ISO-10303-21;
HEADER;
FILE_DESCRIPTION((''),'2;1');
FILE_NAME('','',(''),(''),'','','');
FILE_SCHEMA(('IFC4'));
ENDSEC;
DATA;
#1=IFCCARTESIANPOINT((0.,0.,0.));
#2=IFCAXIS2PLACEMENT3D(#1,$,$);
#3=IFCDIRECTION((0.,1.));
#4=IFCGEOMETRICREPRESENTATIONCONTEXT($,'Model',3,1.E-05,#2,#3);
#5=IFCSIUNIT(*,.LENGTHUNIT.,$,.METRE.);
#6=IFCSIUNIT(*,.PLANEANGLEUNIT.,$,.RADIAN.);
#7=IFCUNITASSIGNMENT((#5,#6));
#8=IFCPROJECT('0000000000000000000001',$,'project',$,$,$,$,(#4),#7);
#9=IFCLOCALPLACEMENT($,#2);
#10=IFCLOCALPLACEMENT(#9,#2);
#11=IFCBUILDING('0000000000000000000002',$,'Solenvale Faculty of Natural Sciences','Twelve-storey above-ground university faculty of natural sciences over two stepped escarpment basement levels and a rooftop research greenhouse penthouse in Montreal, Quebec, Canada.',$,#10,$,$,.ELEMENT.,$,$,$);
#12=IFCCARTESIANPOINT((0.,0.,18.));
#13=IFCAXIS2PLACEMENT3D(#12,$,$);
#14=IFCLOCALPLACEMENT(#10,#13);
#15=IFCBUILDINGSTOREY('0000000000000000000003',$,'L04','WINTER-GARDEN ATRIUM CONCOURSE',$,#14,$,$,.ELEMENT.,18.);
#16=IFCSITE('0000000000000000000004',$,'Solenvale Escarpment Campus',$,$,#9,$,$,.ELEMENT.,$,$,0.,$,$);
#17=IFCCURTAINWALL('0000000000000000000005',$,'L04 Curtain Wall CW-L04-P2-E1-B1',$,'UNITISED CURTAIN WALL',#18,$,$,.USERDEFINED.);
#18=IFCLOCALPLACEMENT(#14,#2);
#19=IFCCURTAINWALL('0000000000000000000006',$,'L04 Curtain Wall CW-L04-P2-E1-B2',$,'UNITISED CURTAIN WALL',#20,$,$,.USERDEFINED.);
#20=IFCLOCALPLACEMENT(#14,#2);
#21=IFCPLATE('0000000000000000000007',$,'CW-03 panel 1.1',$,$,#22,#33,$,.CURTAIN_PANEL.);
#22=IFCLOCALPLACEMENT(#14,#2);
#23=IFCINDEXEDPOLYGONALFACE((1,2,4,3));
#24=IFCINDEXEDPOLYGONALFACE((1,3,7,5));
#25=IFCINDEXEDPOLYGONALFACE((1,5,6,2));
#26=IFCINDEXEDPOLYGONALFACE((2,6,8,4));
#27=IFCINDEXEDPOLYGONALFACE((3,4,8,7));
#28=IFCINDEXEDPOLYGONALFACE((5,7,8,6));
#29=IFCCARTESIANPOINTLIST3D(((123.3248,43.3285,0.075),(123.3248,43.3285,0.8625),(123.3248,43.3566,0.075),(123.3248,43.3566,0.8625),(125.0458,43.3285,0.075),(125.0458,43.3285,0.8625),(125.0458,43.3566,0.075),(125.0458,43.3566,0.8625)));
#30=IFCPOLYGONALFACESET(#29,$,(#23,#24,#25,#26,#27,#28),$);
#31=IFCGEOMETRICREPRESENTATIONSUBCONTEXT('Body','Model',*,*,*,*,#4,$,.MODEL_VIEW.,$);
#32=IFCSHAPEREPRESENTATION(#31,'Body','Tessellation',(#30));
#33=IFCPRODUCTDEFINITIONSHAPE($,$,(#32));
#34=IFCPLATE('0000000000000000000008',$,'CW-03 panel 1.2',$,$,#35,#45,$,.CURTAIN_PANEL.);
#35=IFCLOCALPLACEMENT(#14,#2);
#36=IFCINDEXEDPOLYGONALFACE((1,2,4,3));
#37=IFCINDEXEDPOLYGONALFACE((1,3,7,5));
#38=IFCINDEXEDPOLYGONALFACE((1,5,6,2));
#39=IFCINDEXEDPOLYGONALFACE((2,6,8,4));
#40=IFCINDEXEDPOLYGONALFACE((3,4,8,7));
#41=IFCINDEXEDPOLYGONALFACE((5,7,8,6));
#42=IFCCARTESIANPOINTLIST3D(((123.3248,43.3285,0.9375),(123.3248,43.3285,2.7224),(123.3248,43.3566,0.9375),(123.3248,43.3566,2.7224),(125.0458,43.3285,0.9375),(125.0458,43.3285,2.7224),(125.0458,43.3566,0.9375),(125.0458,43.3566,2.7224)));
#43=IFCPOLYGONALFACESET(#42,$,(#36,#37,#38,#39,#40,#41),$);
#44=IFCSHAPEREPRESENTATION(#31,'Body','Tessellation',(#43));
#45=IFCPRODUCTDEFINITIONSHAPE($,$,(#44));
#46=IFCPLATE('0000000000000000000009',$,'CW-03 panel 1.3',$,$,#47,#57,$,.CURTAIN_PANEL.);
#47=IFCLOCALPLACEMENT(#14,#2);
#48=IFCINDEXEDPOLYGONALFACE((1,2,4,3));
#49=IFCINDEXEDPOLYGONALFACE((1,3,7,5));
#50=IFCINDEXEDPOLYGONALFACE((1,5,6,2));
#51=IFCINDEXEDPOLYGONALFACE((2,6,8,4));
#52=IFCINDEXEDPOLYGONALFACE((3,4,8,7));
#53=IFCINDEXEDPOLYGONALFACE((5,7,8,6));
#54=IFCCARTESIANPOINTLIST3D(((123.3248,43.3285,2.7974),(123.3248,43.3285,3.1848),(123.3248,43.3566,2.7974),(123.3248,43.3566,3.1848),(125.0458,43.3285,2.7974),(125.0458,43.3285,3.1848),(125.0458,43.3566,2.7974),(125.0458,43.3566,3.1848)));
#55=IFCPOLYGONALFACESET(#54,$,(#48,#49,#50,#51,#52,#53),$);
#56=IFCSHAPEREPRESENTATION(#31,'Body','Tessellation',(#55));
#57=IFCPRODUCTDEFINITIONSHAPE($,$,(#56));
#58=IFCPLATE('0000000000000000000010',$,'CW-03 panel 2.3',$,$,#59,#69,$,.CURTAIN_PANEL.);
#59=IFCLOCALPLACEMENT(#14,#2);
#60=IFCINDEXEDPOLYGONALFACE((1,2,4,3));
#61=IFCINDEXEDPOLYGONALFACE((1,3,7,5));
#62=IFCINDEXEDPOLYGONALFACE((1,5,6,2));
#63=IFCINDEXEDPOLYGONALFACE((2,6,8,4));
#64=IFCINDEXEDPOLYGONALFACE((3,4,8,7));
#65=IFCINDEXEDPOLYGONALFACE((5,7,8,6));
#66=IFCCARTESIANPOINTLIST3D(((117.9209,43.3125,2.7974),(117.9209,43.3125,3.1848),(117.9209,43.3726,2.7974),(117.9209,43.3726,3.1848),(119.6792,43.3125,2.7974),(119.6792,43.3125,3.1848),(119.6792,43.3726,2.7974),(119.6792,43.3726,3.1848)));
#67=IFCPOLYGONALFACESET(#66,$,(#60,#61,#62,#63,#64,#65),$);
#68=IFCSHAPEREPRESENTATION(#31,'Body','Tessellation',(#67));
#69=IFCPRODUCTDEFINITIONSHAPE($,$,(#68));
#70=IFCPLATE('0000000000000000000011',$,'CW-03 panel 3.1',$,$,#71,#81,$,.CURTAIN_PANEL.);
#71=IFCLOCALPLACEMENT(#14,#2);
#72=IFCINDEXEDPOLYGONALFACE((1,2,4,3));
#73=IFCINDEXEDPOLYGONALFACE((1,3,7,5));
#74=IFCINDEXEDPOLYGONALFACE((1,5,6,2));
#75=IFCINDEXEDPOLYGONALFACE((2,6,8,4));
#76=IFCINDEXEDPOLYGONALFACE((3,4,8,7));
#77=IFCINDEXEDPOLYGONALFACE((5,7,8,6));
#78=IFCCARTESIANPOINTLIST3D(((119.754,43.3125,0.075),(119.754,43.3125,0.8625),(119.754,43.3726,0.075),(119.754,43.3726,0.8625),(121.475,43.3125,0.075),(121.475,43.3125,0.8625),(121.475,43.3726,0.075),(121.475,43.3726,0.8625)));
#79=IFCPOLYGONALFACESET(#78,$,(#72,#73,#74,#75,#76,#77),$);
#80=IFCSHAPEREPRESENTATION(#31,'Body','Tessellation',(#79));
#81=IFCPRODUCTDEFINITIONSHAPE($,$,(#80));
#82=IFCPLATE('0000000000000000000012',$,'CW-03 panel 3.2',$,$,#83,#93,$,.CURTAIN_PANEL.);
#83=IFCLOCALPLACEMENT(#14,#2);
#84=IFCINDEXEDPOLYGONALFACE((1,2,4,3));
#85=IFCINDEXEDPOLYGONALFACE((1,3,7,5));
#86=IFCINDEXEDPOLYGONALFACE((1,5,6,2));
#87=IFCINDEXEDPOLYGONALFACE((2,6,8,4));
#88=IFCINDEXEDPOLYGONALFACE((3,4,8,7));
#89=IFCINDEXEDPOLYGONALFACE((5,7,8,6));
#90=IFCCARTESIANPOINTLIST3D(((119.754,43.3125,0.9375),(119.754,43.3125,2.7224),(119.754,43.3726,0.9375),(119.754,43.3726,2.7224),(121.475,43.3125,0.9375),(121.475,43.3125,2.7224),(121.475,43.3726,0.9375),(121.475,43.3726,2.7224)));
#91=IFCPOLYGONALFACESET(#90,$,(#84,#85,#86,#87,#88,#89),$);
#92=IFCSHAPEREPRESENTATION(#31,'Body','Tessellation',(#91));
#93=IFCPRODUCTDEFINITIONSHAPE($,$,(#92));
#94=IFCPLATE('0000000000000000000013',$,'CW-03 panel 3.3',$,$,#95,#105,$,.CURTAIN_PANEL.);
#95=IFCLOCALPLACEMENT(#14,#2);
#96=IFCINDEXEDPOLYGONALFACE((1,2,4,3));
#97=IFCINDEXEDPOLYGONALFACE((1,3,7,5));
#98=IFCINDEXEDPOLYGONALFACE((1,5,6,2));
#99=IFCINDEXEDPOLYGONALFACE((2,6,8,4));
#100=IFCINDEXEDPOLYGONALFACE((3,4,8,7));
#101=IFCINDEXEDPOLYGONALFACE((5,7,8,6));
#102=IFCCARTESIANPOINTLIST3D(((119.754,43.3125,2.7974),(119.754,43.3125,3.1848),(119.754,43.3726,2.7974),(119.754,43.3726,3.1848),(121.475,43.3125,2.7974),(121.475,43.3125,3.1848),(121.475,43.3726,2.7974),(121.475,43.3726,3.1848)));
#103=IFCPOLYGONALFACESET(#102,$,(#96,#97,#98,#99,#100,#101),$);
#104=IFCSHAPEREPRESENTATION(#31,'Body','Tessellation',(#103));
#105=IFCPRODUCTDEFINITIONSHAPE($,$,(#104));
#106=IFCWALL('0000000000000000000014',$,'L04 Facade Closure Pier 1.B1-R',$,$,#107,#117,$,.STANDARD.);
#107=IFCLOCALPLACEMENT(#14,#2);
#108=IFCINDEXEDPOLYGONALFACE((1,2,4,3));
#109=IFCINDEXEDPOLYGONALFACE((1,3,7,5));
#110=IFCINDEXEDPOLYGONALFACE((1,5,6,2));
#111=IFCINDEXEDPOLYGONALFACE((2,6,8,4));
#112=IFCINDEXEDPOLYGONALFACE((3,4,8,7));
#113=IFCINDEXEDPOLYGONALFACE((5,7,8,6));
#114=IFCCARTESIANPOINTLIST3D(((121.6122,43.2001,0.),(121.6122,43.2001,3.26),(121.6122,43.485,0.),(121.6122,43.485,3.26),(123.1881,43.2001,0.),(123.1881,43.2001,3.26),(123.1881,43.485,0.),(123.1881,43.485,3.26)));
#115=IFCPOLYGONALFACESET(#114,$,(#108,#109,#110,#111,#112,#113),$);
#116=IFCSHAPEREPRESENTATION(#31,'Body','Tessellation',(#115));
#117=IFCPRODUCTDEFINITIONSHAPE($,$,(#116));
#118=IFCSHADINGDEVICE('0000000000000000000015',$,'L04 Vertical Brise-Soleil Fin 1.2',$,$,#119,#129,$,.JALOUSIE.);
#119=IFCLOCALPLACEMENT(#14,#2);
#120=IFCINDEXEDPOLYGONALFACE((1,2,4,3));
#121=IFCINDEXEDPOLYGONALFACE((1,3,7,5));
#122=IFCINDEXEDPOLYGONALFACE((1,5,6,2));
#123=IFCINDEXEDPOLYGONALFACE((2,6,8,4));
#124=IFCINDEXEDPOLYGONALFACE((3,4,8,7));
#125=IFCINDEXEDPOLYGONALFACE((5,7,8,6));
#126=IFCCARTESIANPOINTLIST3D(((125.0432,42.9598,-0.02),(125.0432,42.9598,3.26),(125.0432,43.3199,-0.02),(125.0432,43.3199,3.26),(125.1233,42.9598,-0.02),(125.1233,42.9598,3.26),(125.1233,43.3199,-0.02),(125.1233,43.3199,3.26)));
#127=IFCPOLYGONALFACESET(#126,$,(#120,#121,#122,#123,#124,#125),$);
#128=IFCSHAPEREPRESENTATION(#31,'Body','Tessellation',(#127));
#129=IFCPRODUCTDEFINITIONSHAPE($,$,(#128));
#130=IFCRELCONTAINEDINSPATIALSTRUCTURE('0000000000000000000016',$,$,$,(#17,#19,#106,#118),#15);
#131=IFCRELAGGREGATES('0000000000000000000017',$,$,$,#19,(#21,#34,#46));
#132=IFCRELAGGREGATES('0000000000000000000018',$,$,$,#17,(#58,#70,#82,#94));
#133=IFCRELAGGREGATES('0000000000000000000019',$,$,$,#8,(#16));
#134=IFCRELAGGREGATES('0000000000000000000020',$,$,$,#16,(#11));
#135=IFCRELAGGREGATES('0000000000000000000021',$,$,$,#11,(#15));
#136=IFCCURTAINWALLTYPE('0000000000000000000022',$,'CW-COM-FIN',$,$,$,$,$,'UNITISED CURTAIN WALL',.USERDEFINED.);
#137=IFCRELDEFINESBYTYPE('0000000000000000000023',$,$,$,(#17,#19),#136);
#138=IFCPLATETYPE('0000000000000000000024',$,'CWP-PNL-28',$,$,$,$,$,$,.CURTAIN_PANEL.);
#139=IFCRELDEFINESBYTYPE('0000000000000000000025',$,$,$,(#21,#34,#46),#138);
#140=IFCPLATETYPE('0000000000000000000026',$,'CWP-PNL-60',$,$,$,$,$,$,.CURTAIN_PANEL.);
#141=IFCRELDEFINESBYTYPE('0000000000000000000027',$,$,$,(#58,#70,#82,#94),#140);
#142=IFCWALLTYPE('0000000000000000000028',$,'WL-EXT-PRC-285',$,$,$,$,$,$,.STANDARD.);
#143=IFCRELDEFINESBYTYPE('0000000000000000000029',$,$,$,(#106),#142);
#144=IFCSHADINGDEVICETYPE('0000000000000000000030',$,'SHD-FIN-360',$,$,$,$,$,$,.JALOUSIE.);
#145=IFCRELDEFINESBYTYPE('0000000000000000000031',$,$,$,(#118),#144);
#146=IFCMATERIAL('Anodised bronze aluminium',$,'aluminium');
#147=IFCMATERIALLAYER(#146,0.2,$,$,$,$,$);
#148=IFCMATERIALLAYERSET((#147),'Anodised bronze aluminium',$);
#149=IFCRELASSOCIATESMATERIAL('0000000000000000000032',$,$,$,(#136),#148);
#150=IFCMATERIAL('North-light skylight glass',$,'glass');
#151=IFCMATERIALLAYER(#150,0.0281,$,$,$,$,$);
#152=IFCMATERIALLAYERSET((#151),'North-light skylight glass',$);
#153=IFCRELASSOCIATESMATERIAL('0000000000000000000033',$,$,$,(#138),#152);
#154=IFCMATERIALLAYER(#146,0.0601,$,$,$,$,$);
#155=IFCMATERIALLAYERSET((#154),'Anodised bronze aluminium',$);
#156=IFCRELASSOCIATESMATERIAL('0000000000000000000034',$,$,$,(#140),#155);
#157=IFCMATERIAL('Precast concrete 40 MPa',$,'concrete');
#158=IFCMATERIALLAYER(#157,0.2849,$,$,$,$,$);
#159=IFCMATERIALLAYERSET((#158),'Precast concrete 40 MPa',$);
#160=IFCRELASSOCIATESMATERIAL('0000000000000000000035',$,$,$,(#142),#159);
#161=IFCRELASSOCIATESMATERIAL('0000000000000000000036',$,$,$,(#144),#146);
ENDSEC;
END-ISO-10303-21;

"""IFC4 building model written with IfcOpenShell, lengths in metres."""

from ifc_helpers import new_model, si_unit, direction, frame, frame_2d, origin, origin_2d, place, context, subcontext, project, spatial, rectangle, extrude, material, layer, layer_set, material_profile, profile_set, type_object, element, aggregate, save


model = new_model("IFC4")

# Units and contexts
model_context = context("Model", 3, precision=1e-05, world=origin(), true_north=direction((0.0, 1.0)))
body_context = subcontext(model_context, "Body", "Model", "MODEL_VIEW")
ifc_project = project(units=[si_unit("LENGTHUNIT", "METRE"), si_unit("PLANEANGLEUNIT", "RADIAN")], contexts=[model_context])

# Site, building, storey
site_placement = place(None, origin())
site = spatial("IfcSite", under=ifc_project, at=site_placement, Name="Solenvale Escarpment Campus", CompositionType="ELEMENT", RefElevation=0.0)
building_placement = place(site_placement, origin())
building = spatial("IfcBuilding", under=site, at=building_placement, Name="Solenvale Faculty of Natural Sciences", Description="Twelve-storey above-ground university faculty of natural sciences over two stepped escarpment basement levels and a rooftop research greenhouse penthouse in Montreal, Quebec, Canada.", CompositionType="ELEMENT")
storey_placement = place(building_placement, frame((0.0, 0.0, 18.0)))
storey = spatial("IfcBuildingStorey", under=building, at=storey_placement, Name="L04", Description="WINTER-GARDEN ATRIUM CONCOURSE", CompositionType="ELEMENT", Elevation=18.0)

# Curtain walls
ifc_material_1 = material(Name="Anodised bronze aluminium", Category="aluminium")
ifc_layer_1 = layer(ifc_material_1, 0.2)
ifc_layer_set_1 = layer_set([ifc_layer_1], Name="Anodised bronze aluminium")
curtain_wall_type = type_object("IfcCurtainWallType", Name="CW-COM-FIN", ElementType="UNITISED CURTAIN WALL", PredefinedType="USERDEFINED", material=ifc_layer_set_1)
curtain_wall_1_placement = place(storey_placement, origin())
curtain_wall_1 = element("IfcCurtainWall", 1, at=curtain_wall_1_placement, inside=storey, type_object=curtain_wall_type, Name="L04 Curtain Wall CW-L04-P2-E1-B1", ObjectType="UNITISED CURTAIN WALL", PredefinedType="USERDEFINED")
curtain_wall_2_placement = place(storey_placement, origin())
curtain_wall_2 = element("IfcCurtainWall", 2, at=curtain_wall_2_placement, inside=storey, type_object=curtain_wall_type, Name="L04 Curtain Wall CW-L04-P2-E1-B2", ObjectType="UNITISED CURTAIN WALL", PredefinedType="USERDEFINED")

# Plates
ifc_material_2 = material(Name="North-light skylight glass", Category="glass")
ifc_layer_2 = layer(ifc_material_2, 0.0281)
ifc_layer_set_2 = layer_set([ifc_layer_2], Name="North-light skylight glass")
plate_type_1 = type_object("IfcPlateType", Name="CWP-PNL-28", PredefinedType="CURTAIN_PANEL", material=ifc_layer_set_2)
plate_1_placement = place(storey_placement, frame((124.1853, 43.3425, 0.075), z_axis=(0.0, 0.0, 1.0), x_axis=(1.0, 0.0, 0.0)))
plate_1 = element("IfcPlate", 3, at=plate_1_placement, type_object=plate_type_1, Name="CW-03 panel 1.1", PredefinedType="CURTAIN_PANEL", context=body_context, shape_type="SweptSolid", body=[
    extrude(rectangle(XDim=1.7209, YDim=0.0281, at=origin_2d()), origin(), (0.0, 0.0, 1.0), 0.7876),
])
plate_2_placement = place(storey_placement, frame((124.1853, 43.3425, 0.9375), z_axis=(0.0, 0.0, 1.0), x_axis=(1.0, 0.0, 0.0)))
plate_2 = element("IfcPlate", 4, at=plate_2_placement, type_object=plate_type_1, Name="CW-03 panel 1.2", PredefinedType="CURTAIN_PANEL", context=body_context, shape_type="SweptSolid", body=[
    extrude(rectangle(XDim=1.7209, YDim=0.0281, at=origin_2d()), origin(), (0.0, 0.0, 1.0), 1.7849),
])
plate_3_placement = place(storey_placement, frame((124.1853, 43.3425, 2.7974), z_axis=(0.0, 0.0, 1.0), x_axis=(1.0, 0.0, 0.0)))
plate_3 = element("IfcPlate", 5, at=plate_3_placement, type_object=plate_type_1, Name="CW-03 panel 1.3", PredefinedType="CURTAIN_PANEL", context=body_context, shape_type="SweptSolid", body=[
    extrude(rectangle(XDim=1.7209, YDim=0.0281, at=origin_2d()), origin(), (0.0, 0.0, 1.0), 0.3875),
])
aggregate(curtain_wall_2, [plate_1, plate_2, plate_3])
ifc_layer_3 = layer(ifc_material_1, 0.0601)
ifc_layer_set_3 = layer_set([ifc_layer_3], Name="Anodised bronze aluminium")
plate_type_2 = type_object("IfcPlateType", Name="CWP-PNL-60", PredefinedType="CURTAIN_PANEL", material=ifc_layer_set_3)
plate_4_placement = place(storey_placement, frame((118.8, 43.3425, 2.7974), z_axis=(0.0, 0.0, 1.0), x_axis=(1.0, 0.0, 0.0)))
plate_4 = element("IfcPlate", 6, at=plate_4_placement, type_object=plate_type_2, Name="CW-03 panel 2.3", PredefinedType="CURTAIN_PANEL", context=body_context, shape_type="SweptSolid", body=[
    extrude(rectangle(XDim=1.7583, YDim=0.0601, at=origin_2d()), origin(), (0.0, 0.0, 1.0), 0.3875),
])
plate_5_placement = place(storey_placement, frame((120.6145, 43.3425, 0.075), z_axis=(0.0, 0.0, 1.0), x_axis=(1.0, 0.0, 0.0)))
plate_5 = element("IfcPlate", 7, at=plate_5_placement, type_object=plate_type_2, Name="CW-03 panel 3.1", PredefinedType="CURTAIN_PANEL", context=body_context, shape_type="SweptSolid", body=[
    extrude(rectangle(XDim=1.7209, YDim=0.0601, at=origin_2d()), origin(), (0.0, 0.0, 1.0), 0.7876),
])
plate_6_placement = place(storey_placement, frame((120.6145, 43.3425, 0.9375), z_axis=(0.0, 0.0, 1.0), x_axis=(1.0, 0.0, 0.0)))
plate_6 = element("IfcPlate", 8, at=plate_6_placement, type_object=plate_type_2, Name="CW-03 panel 3.2", PredefinedType="CURTAIN_PANEL", context=body_context, shape_type="SweptSolid", body=[
    extrude(rectangle(XDim=1.7209, YDim=0.0601, at=origin_2d()), origin(), (0.0, 0.0, 1.0), 1.7849),
])
plate_7_placement = place(storey_placement, frame((120.6145, 43.3425, 2.7974), z_axis=(0.0, 0.0, 1.0), x_axis=(1.0, 0.0, 0.0)))
plate_7 = element("IfcPlate", 9, at=plate_7_placement, type_object=plate_type_2, Name="CW-03 panel 3.3", PredefinedType="CURTAIN_PANEL", context=body_context, shape_type="SweptSolid", body=[
    extrude(rectangle(XDim=1.7209, YDim=0.0601, at=origin_2d()), origin(), (0.0, 0.0, 1.0), 0.3875),
])
aggregate(curtain_wall_1, [plate_4, plate_5, plate_6, plate_7])

# Wall
ifc_material_3 = material(Name="Precast concrete 40 MPa", Category="concrete")
ifc_layer_4 = layer(ifc_material_3, 0.2849)
ifc_layer_set_4 = layer_set([ifc_layer_4], Name="Precast concrete 40 MPa")
wall_type = type_object("IfcWallType", Name="WL-EXT-PRC-285", PredefinedType="STANDARD", material=ifc_layer_set_4)
wall_placement = place(storey_placement, frame((121.6121, 43.3425, 0.0), z_axis=(0.0, 0.0, 1.0), x_axis=(1.0, 0.0, 0.0)))
element("IfcWall", 10, at=wall_placement, inside=storey, type_object=wall_type, Name="L04 Facade Closure Pier 1.B1-R", PredefinedType="STANDARD", context=body_context, shape_type="SweptSolid", body=[
    extrude(rectangle(XDim=1.5759, YDim=0.2849, at=frame_2d((0.7881, 0.0))), origin(), (0.0, 0.0, 1.0), 3.26),
])

# Shading device
ifc_material_profile_1 = material_profile(ifc_material_1, rectangle(XDim=0.0801, YDim=0.3601, at=origin_2d()), Name="ALU-FIN-80x360")
ifc_profile_set_1 = profile_set([ifc_material_profile_1], Name="Anodised bronze aluminium")
shading_device_type = type_object("IfcShadingDeviceType", Name="SHD-FIN-360", PredefinedType="JALOUSIE", material=ifc_profile_set_1)
shading_device_placement = place(storey_placement, frame((125.0833, 43.1399, -0.02), z_axis=(0.0, 0.0, 1.0), x_axis=(1.0, 0.0, 0.0)))
element("IfcShadingDevice", 11, at=shading_device_placement, inside=storey, type_object=shading_device_type, Name="L04 Vertical Brise-Soleil Fin 1.2", PredefinedType="JALOUSIE", context=body_context, shape_type="SweptSolid", body=[
    extrude(rectangle(XDim=0.0801, YDim=0.3601, at=origin_2d()), origin(), (0.0, 0.0, 1.0), 3.28),
])

save(model, "model.ifc")
